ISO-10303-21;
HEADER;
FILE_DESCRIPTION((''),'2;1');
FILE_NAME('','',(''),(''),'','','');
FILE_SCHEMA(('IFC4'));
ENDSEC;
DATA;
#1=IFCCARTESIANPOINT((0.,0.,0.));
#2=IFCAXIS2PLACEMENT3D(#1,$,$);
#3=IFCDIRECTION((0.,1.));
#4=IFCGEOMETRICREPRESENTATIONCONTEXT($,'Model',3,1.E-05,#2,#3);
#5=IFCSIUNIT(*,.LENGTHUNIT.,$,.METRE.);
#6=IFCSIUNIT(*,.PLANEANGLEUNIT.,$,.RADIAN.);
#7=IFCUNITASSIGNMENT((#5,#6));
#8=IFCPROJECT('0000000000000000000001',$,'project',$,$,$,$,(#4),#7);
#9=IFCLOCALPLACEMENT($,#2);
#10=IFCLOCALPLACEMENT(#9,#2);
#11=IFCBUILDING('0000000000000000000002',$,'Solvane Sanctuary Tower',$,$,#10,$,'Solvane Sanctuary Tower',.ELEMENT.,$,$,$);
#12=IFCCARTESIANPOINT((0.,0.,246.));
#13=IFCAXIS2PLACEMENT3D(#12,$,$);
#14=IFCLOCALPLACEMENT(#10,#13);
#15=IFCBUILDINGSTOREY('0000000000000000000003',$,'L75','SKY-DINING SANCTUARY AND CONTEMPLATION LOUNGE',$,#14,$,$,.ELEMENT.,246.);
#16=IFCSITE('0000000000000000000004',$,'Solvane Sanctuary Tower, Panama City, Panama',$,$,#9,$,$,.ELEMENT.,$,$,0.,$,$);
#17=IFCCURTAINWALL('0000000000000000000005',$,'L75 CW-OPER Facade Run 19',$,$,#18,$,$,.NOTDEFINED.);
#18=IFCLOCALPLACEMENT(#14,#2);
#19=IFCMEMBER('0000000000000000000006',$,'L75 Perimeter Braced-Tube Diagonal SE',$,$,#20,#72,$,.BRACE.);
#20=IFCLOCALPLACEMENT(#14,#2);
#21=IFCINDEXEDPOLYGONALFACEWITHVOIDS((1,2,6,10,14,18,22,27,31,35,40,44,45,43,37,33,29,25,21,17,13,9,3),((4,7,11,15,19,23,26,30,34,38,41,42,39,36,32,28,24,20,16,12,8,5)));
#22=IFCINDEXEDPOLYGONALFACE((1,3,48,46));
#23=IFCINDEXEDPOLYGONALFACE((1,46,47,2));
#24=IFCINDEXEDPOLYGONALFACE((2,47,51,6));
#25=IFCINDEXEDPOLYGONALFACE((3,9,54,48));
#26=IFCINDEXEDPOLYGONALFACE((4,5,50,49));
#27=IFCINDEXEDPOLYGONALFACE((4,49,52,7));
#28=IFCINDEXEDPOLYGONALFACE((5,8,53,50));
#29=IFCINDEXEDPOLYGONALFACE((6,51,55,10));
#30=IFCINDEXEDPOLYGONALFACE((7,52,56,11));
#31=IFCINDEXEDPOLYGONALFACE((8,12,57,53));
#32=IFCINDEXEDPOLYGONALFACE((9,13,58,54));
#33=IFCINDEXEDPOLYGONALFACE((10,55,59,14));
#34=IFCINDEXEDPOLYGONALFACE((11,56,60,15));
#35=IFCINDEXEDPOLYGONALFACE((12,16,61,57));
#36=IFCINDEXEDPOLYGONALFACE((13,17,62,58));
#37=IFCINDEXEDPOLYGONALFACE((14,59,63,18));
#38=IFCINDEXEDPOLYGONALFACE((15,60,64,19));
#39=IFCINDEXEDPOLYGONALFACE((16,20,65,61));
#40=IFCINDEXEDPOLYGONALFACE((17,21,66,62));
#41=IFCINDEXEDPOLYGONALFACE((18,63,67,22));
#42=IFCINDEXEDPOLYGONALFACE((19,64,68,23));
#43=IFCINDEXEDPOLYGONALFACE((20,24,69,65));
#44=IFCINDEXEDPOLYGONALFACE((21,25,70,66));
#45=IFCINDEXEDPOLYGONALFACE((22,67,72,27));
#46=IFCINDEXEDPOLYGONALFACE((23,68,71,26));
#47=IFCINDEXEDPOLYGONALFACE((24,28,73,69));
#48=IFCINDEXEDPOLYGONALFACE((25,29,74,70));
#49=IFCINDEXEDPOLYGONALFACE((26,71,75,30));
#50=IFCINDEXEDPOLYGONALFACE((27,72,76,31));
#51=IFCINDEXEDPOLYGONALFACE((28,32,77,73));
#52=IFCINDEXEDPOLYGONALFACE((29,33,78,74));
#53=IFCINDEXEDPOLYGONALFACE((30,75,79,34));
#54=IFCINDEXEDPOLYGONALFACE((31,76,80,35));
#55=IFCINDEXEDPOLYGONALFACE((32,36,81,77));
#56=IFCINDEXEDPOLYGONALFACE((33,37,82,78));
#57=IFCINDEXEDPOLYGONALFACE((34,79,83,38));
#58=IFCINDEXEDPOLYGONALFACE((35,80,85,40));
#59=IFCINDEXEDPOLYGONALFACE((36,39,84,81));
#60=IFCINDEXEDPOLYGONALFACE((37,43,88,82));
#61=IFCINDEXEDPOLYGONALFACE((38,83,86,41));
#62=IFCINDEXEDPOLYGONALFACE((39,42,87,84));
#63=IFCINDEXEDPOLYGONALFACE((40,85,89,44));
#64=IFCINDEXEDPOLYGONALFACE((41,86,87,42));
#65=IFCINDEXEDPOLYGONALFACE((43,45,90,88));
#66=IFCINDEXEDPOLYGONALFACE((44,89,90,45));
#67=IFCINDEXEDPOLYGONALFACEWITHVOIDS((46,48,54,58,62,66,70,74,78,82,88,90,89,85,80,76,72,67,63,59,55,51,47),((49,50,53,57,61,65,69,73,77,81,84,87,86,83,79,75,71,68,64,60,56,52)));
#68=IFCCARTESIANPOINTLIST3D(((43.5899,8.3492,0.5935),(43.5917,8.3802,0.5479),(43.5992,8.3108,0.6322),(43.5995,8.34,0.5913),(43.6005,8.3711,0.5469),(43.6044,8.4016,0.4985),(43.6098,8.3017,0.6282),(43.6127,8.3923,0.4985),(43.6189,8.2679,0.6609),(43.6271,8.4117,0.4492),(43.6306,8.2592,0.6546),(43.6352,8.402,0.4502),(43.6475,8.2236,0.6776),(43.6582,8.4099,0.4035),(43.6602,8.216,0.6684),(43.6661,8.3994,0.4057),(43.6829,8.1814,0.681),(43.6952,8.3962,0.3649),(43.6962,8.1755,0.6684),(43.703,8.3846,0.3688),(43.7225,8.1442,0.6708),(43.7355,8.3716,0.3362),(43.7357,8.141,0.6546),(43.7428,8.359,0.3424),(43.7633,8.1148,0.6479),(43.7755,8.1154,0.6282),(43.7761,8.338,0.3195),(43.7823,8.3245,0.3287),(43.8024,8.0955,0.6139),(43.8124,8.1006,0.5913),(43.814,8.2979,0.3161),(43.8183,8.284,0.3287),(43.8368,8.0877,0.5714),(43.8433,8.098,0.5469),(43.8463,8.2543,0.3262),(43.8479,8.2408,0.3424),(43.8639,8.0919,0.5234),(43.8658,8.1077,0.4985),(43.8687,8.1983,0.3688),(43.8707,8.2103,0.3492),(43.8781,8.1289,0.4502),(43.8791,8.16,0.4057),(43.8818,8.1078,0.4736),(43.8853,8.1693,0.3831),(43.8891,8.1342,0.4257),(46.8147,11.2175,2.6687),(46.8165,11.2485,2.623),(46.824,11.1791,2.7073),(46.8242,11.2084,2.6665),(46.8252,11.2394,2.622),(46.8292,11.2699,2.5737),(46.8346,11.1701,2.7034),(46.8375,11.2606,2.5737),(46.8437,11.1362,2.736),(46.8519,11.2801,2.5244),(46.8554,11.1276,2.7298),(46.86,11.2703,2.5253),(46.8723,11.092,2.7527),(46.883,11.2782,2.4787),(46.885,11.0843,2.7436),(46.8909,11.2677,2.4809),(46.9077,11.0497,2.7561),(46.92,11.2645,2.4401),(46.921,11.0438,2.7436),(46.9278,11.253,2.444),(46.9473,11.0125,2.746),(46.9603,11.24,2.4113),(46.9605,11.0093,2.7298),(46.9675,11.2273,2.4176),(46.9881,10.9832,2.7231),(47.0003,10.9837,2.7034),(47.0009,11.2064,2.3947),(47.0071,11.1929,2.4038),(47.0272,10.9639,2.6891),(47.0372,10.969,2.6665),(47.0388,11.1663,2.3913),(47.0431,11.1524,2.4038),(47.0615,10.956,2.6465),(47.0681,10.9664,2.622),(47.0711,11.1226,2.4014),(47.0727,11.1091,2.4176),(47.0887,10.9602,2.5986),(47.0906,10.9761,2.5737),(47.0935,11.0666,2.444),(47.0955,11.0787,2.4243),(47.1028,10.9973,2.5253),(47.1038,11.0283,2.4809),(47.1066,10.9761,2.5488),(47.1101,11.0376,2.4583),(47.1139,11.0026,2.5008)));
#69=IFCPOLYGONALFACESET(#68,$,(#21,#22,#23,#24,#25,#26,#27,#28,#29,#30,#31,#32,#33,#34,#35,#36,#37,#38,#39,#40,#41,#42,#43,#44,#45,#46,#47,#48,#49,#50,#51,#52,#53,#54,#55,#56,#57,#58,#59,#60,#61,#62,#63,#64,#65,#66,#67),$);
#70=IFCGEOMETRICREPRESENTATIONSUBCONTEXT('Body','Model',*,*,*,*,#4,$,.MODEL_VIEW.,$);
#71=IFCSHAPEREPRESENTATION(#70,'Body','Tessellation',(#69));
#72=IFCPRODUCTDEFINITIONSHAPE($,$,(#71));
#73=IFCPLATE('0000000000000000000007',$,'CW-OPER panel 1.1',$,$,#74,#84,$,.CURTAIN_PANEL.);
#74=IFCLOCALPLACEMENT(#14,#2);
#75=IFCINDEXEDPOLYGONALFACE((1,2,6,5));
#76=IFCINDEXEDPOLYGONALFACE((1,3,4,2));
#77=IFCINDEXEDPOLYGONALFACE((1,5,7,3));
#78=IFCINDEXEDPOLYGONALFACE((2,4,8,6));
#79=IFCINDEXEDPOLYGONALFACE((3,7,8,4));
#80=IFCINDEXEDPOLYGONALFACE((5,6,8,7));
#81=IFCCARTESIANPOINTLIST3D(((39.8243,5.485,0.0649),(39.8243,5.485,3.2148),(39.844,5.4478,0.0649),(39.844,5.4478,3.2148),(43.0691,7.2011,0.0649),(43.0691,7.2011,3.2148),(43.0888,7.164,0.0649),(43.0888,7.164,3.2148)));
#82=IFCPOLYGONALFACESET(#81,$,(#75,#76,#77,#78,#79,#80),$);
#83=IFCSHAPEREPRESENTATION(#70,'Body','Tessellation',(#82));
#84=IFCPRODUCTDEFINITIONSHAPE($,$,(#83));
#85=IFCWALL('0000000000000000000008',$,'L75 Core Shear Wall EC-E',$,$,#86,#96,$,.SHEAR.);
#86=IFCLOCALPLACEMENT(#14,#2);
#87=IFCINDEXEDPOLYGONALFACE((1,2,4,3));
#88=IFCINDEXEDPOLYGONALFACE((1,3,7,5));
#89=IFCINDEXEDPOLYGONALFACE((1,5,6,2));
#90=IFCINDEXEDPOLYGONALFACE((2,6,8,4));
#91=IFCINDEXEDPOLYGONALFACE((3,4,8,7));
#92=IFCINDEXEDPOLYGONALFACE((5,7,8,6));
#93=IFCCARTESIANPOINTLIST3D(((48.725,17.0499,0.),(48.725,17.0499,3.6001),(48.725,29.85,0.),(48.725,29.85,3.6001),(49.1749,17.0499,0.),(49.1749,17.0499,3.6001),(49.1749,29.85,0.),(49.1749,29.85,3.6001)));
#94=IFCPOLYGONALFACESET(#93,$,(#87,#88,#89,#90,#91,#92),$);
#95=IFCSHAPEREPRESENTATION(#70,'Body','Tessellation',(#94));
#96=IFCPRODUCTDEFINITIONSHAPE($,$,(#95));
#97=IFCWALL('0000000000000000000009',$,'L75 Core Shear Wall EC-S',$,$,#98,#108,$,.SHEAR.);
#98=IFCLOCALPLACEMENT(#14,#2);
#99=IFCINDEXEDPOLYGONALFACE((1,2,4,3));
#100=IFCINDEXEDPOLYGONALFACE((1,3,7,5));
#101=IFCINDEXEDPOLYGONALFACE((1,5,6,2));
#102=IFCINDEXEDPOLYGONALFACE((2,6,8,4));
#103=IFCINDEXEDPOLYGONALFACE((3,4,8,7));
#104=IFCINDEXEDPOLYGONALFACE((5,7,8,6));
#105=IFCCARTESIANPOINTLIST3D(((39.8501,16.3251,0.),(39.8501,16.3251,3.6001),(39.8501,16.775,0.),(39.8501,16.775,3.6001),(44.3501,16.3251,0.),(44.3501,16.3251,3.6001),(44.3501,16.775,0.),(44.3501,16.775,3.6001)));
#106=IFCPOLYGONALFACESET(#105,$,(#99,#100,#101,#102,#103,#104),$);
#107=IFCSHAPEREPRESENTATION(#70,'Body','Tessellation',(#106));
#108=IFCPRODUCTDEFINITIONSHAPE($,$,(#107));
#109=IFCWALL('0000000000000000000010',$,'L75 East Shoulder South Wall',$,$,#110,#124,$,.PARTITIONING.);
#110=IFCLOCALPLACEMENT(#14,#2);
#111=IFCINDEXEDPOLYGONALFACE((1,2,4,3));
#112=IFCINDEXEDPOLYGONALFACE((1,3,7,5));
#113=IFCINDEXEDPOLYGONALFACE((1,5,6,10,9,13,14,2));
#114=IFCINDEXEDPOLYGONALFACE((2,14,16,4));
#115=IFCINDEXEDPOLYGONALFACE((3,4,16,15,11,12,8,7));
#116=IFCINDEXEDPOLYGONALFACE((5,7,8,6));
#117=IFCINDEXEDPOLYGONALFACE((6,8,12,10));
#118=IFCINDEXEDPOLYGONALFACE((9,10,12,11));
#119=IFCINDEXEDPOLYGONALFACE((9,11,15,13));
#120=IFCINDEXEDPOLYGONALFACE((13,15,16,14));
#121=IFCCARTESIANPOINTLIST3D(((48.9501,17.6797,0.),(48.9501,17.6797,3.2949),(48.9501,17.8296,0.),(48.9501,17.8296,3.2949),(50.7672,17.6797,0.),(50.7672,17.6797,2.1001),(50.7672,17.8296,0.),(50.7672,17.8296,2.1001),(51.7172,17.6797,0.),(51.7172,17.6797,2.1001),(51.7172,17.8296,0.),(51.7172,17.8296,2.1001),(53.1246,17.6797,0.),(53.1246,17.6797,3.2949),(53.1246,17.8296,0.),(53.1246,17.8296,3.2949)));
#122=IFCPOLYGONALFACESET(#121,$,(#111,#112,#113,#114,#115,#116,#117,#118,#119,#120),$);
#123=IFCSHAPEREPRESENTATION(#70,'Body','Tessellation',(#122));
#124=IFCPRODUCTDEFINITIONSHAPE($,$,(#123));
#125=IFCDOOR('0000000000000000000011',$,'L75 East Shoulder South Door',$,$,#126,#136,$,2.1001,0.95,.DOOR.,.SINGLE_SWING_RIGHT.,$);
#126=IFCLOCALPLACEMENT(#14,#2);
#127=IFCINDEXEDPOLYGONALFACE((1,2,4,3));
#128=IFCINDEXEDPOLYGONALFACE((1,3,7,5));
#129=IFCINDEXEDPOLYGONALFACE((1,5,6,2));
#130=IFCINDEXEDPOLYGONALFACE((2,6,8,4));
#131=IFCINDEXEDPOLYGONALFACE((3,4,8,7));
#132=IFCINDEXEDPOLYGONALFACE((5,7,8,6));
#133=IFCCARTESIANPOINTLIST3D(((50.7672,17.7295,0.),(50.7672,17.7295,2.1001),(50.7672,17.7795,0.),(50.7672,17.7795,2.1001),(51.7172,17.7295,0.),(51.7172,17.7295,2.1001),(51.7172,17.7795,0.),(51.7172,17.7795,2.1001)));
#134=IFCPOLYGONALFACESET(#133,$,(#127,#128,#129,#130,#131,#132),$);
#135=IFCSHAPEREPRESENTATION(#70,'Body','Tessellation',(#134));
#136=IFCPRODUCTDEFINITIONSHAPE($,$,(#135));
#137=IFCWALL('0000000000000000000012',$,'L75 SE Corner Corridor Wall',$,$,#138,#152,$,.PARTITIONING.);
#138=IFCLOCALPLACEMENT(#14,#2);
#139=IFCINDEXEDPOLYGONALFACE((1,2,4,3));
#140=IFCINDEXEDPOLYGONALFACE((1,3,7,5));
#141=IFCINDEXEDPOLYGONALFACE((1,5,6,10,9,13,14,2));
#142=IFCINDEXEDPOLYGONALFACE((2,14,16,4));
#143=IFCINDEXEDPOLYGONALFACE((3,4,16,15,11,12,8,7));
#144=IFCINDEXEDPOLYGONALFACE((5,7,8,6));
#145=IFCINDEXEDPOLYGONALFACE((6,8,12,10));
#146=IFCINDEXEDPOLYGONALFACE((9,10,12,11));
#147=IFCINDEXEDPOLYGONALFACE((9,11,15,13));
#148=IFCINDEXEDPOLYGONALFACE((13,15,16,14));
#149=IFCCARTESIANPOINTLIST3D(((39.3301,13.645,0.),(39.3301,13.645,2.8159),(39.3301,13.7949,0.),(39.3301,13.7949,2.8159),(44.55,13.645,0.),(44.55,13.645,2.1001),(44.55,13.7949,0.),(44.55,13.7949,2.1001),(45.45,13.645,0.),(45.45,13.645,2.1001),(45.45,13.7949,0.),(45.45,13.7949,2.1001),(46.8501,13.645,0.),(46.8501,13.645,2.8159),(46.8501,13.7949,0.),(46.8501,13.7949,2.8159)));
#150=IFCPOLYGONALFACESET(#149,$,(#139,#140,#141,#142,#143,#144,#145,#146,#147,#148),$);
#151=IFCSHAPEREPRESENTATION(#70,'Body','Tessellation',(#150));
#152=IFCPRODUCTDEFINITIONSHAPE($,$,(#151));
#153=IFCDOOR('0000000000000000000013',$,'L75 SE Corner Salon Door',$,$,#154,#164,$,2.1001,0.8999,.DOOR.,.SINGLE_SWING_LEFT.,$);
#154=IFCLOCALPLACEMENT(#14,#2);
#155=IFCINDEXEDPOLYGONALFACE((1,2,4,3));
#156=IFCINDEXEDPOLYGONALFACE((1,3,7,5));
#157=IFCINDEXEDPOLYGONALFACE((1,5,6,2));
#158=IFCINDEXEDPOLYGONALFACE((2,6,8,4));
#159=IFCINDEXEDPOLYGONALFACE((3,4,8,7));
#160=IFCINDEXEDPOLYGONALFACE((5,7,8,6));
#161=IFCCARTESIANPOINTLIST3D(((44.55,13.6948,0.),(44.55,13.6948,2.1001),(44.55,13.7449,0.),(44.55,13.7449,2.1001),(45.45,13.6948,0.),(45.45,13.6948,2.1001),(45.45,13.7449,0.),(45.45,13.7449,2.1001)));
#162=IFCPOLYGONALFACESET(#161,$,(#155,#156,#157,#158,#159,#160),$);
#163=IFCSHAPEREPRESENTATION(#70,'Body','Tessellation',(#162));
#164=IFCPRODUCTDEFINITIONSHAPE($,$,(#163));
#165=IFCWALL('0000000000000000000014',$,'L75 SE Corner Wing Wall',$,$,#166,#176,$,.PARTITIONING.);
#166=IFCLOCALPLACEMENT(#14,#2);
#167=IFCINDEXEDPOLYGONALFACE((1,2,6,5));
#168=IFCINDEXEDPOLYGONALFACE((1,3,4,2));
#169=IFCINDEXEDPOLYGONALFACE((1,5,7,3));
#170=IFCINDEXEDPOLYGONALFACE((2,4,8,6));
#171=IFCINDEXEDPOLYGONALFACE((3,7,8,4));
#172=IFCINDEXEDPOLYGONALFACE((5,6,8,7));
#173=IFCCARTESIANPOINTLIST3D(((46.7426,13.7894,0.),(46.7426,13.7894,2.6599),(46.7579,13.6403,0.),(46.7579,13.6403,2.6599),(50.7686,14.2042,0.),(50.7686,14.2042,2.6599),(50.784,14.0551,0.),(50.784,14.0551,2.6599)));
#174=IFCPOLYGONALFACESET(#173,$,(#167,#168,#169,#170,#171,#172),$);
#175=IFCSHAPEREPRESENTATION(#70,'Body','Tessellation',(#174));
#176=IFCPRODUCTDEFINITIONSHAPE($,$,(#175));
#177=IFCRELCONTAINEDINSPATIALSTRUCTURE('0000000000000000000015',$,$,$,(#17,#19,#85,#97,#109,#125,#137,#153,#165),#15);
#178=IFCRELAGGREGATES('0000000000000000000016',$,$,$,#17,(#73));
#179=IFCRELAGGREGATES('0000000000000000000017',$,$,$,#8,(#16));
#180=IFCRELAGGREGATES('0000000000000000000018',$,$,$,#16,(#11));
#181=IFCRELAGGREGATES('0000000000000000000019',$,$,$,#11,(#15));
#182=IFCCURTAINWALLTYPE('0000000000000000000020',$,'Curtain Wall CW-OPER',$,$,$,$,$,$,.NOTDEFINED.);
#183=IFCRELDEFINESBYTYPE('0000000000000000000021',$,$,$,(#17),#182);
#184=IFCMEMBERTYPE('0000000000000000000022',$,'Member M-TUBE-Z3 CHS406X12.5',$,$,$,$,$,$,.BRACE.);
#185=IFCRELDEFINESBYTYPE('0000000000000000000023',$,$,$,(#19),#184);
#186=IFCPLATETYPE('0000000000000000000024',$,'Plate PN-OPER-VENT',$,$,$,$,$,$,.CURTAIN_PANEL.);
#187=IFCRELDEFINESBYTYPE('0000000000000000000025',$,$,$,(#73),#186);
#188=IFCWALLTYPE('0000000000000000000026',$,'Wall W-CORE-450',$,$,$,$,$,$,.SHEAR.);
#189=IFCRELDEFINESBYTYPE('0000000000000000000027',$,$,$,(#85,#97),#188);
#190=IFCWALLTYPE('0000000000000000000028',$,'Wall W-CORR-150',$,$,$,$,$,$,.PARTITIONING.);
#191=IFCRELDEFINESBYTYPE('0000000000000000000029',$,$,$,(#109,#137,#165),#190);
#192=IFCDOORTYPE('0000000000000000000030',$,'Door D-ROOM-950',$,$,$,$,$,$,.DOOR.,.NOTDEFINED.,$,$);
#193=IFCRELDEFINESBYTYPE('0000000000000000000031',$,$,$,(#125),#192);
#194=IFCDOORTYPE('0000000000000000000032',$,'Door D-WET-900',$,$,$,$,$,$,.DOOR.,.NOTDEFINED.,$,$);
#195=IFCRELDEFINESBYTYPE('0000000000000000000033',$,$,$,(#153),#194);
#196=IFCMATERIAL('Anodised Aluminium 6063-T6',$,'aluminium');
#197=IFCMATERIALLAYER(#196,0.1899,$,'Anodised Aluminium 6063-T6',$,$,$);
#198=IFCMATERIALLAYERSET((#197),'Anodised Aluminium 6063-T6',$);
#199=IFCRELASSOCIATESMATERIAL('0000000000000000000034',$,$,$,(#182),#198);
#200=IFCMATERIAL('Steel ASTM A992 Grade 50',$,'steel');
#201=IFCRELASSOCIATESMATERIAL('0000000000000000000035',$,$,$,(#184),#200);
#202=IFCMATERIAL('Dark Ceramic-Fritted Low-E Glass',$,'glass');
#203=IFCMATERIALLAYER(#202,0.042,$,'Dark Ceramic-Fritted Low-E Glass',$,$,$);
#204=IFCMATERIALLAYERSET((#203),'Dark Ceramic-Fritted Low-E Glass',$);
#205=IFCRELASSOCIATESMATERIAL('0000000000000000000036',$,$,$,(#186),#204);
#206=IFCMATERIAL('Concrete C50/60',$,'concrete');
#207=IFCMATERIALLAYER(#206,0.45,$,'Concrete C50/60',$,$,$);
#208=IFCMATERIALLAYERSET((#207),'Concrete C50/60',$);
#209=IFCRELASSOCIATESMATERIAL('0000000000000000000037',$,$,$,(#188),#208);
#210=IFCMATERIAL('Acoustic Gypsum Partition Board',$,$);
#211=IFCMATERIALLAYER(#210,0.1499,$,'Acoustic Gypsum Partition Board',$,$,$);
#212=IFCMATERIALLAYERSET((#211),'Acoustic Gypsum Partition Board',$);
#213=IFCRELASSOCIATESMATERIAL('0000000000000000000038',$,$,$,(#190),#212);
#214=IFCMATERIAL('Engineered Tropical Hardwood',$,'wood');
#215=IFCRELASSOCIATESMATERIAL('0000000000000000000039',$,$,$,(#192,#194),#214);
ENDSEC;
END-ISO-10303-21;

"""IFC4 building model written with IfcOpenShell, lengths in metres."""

from ifc_helpers import new_model, si_unit, direction, frame, frame_2d, origin, origin_2d, place, context, subcontext, project, spatial, rectangle, hollow_circle, extrude, material, layer, layer_set, material_profile, profile_set, type_object, element, fill, aggregate, save


model = new_model("IFC4")

# Units and contexts
model_context = context("Model", 3, precision=1e-05, world=origin(), true_north=direction((0.0, 1.0)))
body_context = subcontext(model_context, "Body", "Model", "MODEL_VIEW")
ifc_project = project(units=[si_unit("LENGTHUNIT", "METRE"), si_unit("PLANEANGLEUNIT", "RADIAN")], contexts=[model_context])

# Site, building, storey
site_placement = place(None, origin())
site = spatial("IfcSite", under=ifc_project, at=site_placement, Name="Solvane Sanctuary Tower, Panama City, Panama", CompositionType="ELEMENT", RefElevation=0.0)
building_placement = place(site_placement, origin())
building = spatial("IfcBuilding", under=site, at=building_placement, Name="Solvane Sanctuary Tower", LongName="Solvane Sanctuary Tower", CompositionType="ELEMENT")
storey_placement = place(building_placement, frame((0.0, 0.0, 246.0)))
storey = spatial("IfcBuildingStorey", under=building, at=storey_placement, Name="L75", Description="SKY-DINING SANCTUARY AND CONTEMPLATION LOUNGE", CompositionType="ELEMENT", Elevation=246.0)

# Shared definitions
ifc_material_1 = material(Name="Steel ASTM A992 Grade 50", Category="steel")

# Curtain wall
ifc_material_2 = material(Name="Anodised Aluminium 6063-T6", Category="aluminium")
ifc_layer_1 = layer(ifc_material_2, 0.1899, Name="Anodised Aluminium 6063-T6")
ifc_layer_set_1 = layer_set([ifc_layer_1], Name="Anodised Aluminium 6063-T6")
curtain_wall_type = type_object("IfcCurtainWallType", Name="Curtain Wall CW-OPER", PredefinedType="NOTDEFINED", material=ifc_layer_set_1)
curtain_wall_placement = place(storey_placement, origin())
curtain_wall = element("IfcCurtainWall", 1, at=curtain_wall_placement, inside=storey, type_object=curtain_wall_type, Name="L75 CW-OPER Facade Run 19", PredefinedType="NOTDEFINED")

# Member
ifc_material_profile_1 = material_profile(ifc_material_1, hollow_circle(Radius=0.2029, WallThickness=0.0125, at=origin_2d()), Name="CHS406X12.5")
ifc_profile_set_1 = profile_set([ifc_material_profile_1], Name="Steel ASTM A992 Grade 50")
member_type_1 = type_object("IfcMemberType", Name="Member M-TUBE-Z3 CHS406X12.5", PredefinedType="BRACE", material=ifc_profile_set_1)
member_1_placement = place(storey_placement, frame((43.7393, 8.25, 0.4985), z_axis=(0.673397, 0.598966, 0.433331), x_axis=(-0.664606, 0.747194, 0.0)))
element("IfcMember", 2, at=member_1_placement, inside=storey, type_object=member_type_1, Name="L75 Perimeter Braced-Tube Diagonal SE", PredefinedType="BRACE", context=body_context, shape_type="SweptSolid", body=[
    extrude(hollow_circle(Radius=0.2029, WallThickness=0.0125, at=origin_2d()), origin(), (0.0, 0.0, 1.0), 4.7888),
])

# Plate
ifc_material_3 = material(Name="Dark Ceramic-Fritted Low-E Glass", Category="glass")
ifc_layer_2 = layer(ifc_material_3, 0.042, Name="Dark Ceramic-Fritted Low-E Glass")
ifc_layer_set_2 = layer_set([ifc_layer_2], Name="Dark Ceramic-Fritted Low-E Glass")
plate_type = type_object("IfcPlateType", Name="Plate PN-OPER-VENT", PredefinedType="CURTAIN_PANEL", material=ifc_layer_set_2)
plate_placement = place(storey_placement, frame((41.4565, 6.3245, 0.0649), z_axis=(0.0, 0.0, 1.0), x_axis=(0.883981, 0.467523, 0.0)))
plate = element("IfcPlate", 3, at=plate_placement, type_object=plate_type, Name="CW-OPER panel 1.1", PredefinedType="CURTAIN_PANEL", context=body_context, shape_type="SweptSolid", body=[
    extrude(rectangle(XDim=3.6707, YDim=0.042, at=origin_2d()), origin(), (0.0, 0.0, 1.0), 3.1499),
])
aggregate(curtain_wall, [plate])

# Walls
ifc_material_4 = material(Name="Concrete C50/60", Category="concrete")
ifc_layer_3 = layer(ifc_material_4, 0.45, Name="Concrete C50/60")
ifc_layer_set_3 = layer_set([ifc_layer_3], Name="Concrete C50/60")
wall_type_1 = type_object("IfcWallType", Name="Wall W-CORE-450", PredefinedType="SHEAR", material=ifc_layer_set_3)
wall_1_placement = place(storey_placement, frame((48.95, 17.05, 0.0), z_axis=(0.0, 0.0, 1.0), x_axis=(0.0, 1.0, 0.0)))
element("IfcWall", 4, at=wall_1_placement, inside=storey, type_object=wall_type_1, Name="L75 Core Shear Wall EC-E", PredefinedType="SHEAR", context=body_context, shape_type="SweptSolid", body=[
    extrude(rectangle(XDim=12.8, YDim=0.45, at=frame_2d((6.3999, 0.0))), origin(), (0.0, 0.0, 1.0), 3.6001),
])
wall_2_placement = place(storey_placement, frame((39.8501, 16.55, 0.0), z_axis=(0.0, 0.0, 1.0), x_axis=(1.0, 0.0, 0.0)))
element("IfcWall", 5, at=wall_2_placement, inside=storey, type_object=wall_type_1, Name="L75 Core Shear Wall EC-S", PredefinedType="SHEAR", context=body_context, shape_type="SweptSolid", body=[
    extrude(rectangle(XDim=4.5, YDim=0.45, at=frame_2d((2.25, 0.0))), origin(), (0.0, 0.0, 1.0), 3.6001),
])

# Walls, openings, doors
ifc_material_5 = material(Name="Acoustic Gypsum Partition Board")
ifc_layer_4 = layer(ifc_material_5, 0.1499, Name="Acoustic Gypsum Partition Board")
ifc_layer_set_4 = layer_set([ifc_layer_4], Name="Acoustic Gypsum Partition Board")
wall_type_2 = type_object("IfcWallType", Name="Wall W-CORR-150", PredefinedType="PARTITIONING", material=ifc_layer_set_4)
wall_3_placement = place(storey_placement, frame((48.95, 17.7546, 0.0), z_axis=(0.0, 0.0, 1.0), x_axis=(1.0, 0.0, 0.0)))
wall_3 = element("IfcWall", 6, at=wall_3_placement, inside=storey, type_object=wall_type_2, Name="L75 East Shoulder South Wall", PredefinedType="PARTITIONING", context=body_context, shape_type="SweptSolid", body=[
    extrude(rectangle(XDim=4.1746, YDim=0.1499, at=frame_2d((2.0874, 0.0))), origin(), (0.0, 0.0, 1.0), 3.2949),
])
opening_1_placement = place(wall_3_placement, frame((1.8171, 0.0, 0.0)))
opening_1 = element("IfcOpeningElement", 7, at=opening_1_placement, cuts=wall_3, PredefinedType="OPENING", context=body_context, shape_type="SweptSolid", body=[
    extrude(rectangle(XDim=0.95, YDim=2.1001, at=frame_2d((0.4751, 1.05))), frame((0.0, 0.085, 0.0), z_axis=(0.0, -1.0, 0.0), x_axis=(1.0, 0.0, 0.0)), (0.0, 0.0, 1.0), 0.1699),
])
ifc_material_6 = material(Name="Engineered Tropical Hardwood", Category="wood")
door_type_1 = type_object("IfcDoorType", Name="Door D-ROOM-950", OperationType="NOTDEFINED", PredefinedType="DOOR", material=ifc_material_6)
door_1_placement = place(opening_1_placement, origin())
door_1 = element("IfcDoor", 8, at=door_1_placement, inside=storey, type_object=door_type_1, Name="L75 East Shoulder South Door", OperationType="SINGLE_SWING_RIGHT", OverallHeight=2.1001, OverallWidth=0.95, PredefinedType="DOOR", context=body_context, shape_type="SweptSolid", body=[
    extrude(rectangle(XDim=0.95, YDim=2.1001, at=frame_2d((0.4751, 1.05))), frame((0.0, 0.0249, 0.0), z_axis=(0.0, -1.0, 0.0), x_axis=(1.0, 0.0, 0.0)), (0.0, 0.0, 1.0), 0.05),
])
fill(opening_1, door_1)
wall_4_placement = place(storey_placement, frame((39.3301, 13.72, 0.0), z_axis=(0.0, 0.0, 1.0), x_axis=(1.0, 0.0, 0.0)))
wall_4 = element("IfcWall", 9, at=wall_4_placement, inside=storey, type_object=wall_type_2, Name="L75 SE Corner Corridor Wall", PredefinedType="PARTITIONING", context=body_context, shape_type="SweptSolid", body=[
    extrude(rectangle(XDim=7.52, YDim=0.1499, at=frame_2d((3.76, 0.0))), origin(), (0.0, 0.0, 1.0), 2.8159),
])
opening_2_placement = place(wall_4_placement, frame((5.22, 0.0, 0.0)))
opening_2 = element("IfcOpeningElement", 10, at=opening_2_placement, cuts=wall_4, PredefinedType="OPENING", context=body_context, shape_type="SweptSolid", body=[
    extrude(rectangle(XDim=0.8999, YDim=2.1001, at=frame_2d((0.45, 1.05))), frame((0.0, 0.085, 0.0), z_axis=(0.0, -1.0, 0.0), x_axis=(1.0, 0.0, 0.0)), (0.0, 0.0, 1.0), 0.1699),
])
door_type_2 = type_object("IfcDoorType", Name="Door D-WET-900", OperationType="NOTDEFINED", PredefinedType="DOOR", material=ifc_material_6)
door_2_placement = place(opening_2_placement, origin())
door_2 = element("IfcDoor", 11, at=door_2_placement, inside=storey, type_object=door_type_2, Name="L75 SE Corner Salon Door", OperationType="SINGLE_SWING_LEFT", OverallHeight=2.1001, OverallWidth=0.8999, PredefinedType="DOOR", context=body_context, shape_type="SweptSolid", body=[
    extrude(rectangle(XDim=0.8999, YDim=2.1001, at=frame_2d((0.45, 1.05))), frame((0.0, 0.0249, 0.0), z_axis=(0.0, -1.0, 0.0), x_axis=(1.0, 0.0, 0.0)), (0.0, 0.0, 1.0), 0.05),
])
fill(opening_2, door_2)

# Wall
wall_5_placement = place(storey_placement, frame((46.7502, 13.7148, 0.0), z_axis=(0.0, 0.0, 1.0), x_axis=(0.994735, 0.102483, 0.0)))
element("IfcWall", 12, at=wall_5_placement, inside=storey, type_object=wall_type_2, Name="L75 SE Corner Wing Wall", PredefinedType="PARTITIONING", context=body_context, shape_type="SweptSolid", body=[
    extrude(rectangle(XDim=4.0474, YDim=0.1499, at=frame_2d((2.0237, 0.0))), origin(), (0.0, 0.0, 1.0), 2.6599),
])

save(model, "model.ifc")
